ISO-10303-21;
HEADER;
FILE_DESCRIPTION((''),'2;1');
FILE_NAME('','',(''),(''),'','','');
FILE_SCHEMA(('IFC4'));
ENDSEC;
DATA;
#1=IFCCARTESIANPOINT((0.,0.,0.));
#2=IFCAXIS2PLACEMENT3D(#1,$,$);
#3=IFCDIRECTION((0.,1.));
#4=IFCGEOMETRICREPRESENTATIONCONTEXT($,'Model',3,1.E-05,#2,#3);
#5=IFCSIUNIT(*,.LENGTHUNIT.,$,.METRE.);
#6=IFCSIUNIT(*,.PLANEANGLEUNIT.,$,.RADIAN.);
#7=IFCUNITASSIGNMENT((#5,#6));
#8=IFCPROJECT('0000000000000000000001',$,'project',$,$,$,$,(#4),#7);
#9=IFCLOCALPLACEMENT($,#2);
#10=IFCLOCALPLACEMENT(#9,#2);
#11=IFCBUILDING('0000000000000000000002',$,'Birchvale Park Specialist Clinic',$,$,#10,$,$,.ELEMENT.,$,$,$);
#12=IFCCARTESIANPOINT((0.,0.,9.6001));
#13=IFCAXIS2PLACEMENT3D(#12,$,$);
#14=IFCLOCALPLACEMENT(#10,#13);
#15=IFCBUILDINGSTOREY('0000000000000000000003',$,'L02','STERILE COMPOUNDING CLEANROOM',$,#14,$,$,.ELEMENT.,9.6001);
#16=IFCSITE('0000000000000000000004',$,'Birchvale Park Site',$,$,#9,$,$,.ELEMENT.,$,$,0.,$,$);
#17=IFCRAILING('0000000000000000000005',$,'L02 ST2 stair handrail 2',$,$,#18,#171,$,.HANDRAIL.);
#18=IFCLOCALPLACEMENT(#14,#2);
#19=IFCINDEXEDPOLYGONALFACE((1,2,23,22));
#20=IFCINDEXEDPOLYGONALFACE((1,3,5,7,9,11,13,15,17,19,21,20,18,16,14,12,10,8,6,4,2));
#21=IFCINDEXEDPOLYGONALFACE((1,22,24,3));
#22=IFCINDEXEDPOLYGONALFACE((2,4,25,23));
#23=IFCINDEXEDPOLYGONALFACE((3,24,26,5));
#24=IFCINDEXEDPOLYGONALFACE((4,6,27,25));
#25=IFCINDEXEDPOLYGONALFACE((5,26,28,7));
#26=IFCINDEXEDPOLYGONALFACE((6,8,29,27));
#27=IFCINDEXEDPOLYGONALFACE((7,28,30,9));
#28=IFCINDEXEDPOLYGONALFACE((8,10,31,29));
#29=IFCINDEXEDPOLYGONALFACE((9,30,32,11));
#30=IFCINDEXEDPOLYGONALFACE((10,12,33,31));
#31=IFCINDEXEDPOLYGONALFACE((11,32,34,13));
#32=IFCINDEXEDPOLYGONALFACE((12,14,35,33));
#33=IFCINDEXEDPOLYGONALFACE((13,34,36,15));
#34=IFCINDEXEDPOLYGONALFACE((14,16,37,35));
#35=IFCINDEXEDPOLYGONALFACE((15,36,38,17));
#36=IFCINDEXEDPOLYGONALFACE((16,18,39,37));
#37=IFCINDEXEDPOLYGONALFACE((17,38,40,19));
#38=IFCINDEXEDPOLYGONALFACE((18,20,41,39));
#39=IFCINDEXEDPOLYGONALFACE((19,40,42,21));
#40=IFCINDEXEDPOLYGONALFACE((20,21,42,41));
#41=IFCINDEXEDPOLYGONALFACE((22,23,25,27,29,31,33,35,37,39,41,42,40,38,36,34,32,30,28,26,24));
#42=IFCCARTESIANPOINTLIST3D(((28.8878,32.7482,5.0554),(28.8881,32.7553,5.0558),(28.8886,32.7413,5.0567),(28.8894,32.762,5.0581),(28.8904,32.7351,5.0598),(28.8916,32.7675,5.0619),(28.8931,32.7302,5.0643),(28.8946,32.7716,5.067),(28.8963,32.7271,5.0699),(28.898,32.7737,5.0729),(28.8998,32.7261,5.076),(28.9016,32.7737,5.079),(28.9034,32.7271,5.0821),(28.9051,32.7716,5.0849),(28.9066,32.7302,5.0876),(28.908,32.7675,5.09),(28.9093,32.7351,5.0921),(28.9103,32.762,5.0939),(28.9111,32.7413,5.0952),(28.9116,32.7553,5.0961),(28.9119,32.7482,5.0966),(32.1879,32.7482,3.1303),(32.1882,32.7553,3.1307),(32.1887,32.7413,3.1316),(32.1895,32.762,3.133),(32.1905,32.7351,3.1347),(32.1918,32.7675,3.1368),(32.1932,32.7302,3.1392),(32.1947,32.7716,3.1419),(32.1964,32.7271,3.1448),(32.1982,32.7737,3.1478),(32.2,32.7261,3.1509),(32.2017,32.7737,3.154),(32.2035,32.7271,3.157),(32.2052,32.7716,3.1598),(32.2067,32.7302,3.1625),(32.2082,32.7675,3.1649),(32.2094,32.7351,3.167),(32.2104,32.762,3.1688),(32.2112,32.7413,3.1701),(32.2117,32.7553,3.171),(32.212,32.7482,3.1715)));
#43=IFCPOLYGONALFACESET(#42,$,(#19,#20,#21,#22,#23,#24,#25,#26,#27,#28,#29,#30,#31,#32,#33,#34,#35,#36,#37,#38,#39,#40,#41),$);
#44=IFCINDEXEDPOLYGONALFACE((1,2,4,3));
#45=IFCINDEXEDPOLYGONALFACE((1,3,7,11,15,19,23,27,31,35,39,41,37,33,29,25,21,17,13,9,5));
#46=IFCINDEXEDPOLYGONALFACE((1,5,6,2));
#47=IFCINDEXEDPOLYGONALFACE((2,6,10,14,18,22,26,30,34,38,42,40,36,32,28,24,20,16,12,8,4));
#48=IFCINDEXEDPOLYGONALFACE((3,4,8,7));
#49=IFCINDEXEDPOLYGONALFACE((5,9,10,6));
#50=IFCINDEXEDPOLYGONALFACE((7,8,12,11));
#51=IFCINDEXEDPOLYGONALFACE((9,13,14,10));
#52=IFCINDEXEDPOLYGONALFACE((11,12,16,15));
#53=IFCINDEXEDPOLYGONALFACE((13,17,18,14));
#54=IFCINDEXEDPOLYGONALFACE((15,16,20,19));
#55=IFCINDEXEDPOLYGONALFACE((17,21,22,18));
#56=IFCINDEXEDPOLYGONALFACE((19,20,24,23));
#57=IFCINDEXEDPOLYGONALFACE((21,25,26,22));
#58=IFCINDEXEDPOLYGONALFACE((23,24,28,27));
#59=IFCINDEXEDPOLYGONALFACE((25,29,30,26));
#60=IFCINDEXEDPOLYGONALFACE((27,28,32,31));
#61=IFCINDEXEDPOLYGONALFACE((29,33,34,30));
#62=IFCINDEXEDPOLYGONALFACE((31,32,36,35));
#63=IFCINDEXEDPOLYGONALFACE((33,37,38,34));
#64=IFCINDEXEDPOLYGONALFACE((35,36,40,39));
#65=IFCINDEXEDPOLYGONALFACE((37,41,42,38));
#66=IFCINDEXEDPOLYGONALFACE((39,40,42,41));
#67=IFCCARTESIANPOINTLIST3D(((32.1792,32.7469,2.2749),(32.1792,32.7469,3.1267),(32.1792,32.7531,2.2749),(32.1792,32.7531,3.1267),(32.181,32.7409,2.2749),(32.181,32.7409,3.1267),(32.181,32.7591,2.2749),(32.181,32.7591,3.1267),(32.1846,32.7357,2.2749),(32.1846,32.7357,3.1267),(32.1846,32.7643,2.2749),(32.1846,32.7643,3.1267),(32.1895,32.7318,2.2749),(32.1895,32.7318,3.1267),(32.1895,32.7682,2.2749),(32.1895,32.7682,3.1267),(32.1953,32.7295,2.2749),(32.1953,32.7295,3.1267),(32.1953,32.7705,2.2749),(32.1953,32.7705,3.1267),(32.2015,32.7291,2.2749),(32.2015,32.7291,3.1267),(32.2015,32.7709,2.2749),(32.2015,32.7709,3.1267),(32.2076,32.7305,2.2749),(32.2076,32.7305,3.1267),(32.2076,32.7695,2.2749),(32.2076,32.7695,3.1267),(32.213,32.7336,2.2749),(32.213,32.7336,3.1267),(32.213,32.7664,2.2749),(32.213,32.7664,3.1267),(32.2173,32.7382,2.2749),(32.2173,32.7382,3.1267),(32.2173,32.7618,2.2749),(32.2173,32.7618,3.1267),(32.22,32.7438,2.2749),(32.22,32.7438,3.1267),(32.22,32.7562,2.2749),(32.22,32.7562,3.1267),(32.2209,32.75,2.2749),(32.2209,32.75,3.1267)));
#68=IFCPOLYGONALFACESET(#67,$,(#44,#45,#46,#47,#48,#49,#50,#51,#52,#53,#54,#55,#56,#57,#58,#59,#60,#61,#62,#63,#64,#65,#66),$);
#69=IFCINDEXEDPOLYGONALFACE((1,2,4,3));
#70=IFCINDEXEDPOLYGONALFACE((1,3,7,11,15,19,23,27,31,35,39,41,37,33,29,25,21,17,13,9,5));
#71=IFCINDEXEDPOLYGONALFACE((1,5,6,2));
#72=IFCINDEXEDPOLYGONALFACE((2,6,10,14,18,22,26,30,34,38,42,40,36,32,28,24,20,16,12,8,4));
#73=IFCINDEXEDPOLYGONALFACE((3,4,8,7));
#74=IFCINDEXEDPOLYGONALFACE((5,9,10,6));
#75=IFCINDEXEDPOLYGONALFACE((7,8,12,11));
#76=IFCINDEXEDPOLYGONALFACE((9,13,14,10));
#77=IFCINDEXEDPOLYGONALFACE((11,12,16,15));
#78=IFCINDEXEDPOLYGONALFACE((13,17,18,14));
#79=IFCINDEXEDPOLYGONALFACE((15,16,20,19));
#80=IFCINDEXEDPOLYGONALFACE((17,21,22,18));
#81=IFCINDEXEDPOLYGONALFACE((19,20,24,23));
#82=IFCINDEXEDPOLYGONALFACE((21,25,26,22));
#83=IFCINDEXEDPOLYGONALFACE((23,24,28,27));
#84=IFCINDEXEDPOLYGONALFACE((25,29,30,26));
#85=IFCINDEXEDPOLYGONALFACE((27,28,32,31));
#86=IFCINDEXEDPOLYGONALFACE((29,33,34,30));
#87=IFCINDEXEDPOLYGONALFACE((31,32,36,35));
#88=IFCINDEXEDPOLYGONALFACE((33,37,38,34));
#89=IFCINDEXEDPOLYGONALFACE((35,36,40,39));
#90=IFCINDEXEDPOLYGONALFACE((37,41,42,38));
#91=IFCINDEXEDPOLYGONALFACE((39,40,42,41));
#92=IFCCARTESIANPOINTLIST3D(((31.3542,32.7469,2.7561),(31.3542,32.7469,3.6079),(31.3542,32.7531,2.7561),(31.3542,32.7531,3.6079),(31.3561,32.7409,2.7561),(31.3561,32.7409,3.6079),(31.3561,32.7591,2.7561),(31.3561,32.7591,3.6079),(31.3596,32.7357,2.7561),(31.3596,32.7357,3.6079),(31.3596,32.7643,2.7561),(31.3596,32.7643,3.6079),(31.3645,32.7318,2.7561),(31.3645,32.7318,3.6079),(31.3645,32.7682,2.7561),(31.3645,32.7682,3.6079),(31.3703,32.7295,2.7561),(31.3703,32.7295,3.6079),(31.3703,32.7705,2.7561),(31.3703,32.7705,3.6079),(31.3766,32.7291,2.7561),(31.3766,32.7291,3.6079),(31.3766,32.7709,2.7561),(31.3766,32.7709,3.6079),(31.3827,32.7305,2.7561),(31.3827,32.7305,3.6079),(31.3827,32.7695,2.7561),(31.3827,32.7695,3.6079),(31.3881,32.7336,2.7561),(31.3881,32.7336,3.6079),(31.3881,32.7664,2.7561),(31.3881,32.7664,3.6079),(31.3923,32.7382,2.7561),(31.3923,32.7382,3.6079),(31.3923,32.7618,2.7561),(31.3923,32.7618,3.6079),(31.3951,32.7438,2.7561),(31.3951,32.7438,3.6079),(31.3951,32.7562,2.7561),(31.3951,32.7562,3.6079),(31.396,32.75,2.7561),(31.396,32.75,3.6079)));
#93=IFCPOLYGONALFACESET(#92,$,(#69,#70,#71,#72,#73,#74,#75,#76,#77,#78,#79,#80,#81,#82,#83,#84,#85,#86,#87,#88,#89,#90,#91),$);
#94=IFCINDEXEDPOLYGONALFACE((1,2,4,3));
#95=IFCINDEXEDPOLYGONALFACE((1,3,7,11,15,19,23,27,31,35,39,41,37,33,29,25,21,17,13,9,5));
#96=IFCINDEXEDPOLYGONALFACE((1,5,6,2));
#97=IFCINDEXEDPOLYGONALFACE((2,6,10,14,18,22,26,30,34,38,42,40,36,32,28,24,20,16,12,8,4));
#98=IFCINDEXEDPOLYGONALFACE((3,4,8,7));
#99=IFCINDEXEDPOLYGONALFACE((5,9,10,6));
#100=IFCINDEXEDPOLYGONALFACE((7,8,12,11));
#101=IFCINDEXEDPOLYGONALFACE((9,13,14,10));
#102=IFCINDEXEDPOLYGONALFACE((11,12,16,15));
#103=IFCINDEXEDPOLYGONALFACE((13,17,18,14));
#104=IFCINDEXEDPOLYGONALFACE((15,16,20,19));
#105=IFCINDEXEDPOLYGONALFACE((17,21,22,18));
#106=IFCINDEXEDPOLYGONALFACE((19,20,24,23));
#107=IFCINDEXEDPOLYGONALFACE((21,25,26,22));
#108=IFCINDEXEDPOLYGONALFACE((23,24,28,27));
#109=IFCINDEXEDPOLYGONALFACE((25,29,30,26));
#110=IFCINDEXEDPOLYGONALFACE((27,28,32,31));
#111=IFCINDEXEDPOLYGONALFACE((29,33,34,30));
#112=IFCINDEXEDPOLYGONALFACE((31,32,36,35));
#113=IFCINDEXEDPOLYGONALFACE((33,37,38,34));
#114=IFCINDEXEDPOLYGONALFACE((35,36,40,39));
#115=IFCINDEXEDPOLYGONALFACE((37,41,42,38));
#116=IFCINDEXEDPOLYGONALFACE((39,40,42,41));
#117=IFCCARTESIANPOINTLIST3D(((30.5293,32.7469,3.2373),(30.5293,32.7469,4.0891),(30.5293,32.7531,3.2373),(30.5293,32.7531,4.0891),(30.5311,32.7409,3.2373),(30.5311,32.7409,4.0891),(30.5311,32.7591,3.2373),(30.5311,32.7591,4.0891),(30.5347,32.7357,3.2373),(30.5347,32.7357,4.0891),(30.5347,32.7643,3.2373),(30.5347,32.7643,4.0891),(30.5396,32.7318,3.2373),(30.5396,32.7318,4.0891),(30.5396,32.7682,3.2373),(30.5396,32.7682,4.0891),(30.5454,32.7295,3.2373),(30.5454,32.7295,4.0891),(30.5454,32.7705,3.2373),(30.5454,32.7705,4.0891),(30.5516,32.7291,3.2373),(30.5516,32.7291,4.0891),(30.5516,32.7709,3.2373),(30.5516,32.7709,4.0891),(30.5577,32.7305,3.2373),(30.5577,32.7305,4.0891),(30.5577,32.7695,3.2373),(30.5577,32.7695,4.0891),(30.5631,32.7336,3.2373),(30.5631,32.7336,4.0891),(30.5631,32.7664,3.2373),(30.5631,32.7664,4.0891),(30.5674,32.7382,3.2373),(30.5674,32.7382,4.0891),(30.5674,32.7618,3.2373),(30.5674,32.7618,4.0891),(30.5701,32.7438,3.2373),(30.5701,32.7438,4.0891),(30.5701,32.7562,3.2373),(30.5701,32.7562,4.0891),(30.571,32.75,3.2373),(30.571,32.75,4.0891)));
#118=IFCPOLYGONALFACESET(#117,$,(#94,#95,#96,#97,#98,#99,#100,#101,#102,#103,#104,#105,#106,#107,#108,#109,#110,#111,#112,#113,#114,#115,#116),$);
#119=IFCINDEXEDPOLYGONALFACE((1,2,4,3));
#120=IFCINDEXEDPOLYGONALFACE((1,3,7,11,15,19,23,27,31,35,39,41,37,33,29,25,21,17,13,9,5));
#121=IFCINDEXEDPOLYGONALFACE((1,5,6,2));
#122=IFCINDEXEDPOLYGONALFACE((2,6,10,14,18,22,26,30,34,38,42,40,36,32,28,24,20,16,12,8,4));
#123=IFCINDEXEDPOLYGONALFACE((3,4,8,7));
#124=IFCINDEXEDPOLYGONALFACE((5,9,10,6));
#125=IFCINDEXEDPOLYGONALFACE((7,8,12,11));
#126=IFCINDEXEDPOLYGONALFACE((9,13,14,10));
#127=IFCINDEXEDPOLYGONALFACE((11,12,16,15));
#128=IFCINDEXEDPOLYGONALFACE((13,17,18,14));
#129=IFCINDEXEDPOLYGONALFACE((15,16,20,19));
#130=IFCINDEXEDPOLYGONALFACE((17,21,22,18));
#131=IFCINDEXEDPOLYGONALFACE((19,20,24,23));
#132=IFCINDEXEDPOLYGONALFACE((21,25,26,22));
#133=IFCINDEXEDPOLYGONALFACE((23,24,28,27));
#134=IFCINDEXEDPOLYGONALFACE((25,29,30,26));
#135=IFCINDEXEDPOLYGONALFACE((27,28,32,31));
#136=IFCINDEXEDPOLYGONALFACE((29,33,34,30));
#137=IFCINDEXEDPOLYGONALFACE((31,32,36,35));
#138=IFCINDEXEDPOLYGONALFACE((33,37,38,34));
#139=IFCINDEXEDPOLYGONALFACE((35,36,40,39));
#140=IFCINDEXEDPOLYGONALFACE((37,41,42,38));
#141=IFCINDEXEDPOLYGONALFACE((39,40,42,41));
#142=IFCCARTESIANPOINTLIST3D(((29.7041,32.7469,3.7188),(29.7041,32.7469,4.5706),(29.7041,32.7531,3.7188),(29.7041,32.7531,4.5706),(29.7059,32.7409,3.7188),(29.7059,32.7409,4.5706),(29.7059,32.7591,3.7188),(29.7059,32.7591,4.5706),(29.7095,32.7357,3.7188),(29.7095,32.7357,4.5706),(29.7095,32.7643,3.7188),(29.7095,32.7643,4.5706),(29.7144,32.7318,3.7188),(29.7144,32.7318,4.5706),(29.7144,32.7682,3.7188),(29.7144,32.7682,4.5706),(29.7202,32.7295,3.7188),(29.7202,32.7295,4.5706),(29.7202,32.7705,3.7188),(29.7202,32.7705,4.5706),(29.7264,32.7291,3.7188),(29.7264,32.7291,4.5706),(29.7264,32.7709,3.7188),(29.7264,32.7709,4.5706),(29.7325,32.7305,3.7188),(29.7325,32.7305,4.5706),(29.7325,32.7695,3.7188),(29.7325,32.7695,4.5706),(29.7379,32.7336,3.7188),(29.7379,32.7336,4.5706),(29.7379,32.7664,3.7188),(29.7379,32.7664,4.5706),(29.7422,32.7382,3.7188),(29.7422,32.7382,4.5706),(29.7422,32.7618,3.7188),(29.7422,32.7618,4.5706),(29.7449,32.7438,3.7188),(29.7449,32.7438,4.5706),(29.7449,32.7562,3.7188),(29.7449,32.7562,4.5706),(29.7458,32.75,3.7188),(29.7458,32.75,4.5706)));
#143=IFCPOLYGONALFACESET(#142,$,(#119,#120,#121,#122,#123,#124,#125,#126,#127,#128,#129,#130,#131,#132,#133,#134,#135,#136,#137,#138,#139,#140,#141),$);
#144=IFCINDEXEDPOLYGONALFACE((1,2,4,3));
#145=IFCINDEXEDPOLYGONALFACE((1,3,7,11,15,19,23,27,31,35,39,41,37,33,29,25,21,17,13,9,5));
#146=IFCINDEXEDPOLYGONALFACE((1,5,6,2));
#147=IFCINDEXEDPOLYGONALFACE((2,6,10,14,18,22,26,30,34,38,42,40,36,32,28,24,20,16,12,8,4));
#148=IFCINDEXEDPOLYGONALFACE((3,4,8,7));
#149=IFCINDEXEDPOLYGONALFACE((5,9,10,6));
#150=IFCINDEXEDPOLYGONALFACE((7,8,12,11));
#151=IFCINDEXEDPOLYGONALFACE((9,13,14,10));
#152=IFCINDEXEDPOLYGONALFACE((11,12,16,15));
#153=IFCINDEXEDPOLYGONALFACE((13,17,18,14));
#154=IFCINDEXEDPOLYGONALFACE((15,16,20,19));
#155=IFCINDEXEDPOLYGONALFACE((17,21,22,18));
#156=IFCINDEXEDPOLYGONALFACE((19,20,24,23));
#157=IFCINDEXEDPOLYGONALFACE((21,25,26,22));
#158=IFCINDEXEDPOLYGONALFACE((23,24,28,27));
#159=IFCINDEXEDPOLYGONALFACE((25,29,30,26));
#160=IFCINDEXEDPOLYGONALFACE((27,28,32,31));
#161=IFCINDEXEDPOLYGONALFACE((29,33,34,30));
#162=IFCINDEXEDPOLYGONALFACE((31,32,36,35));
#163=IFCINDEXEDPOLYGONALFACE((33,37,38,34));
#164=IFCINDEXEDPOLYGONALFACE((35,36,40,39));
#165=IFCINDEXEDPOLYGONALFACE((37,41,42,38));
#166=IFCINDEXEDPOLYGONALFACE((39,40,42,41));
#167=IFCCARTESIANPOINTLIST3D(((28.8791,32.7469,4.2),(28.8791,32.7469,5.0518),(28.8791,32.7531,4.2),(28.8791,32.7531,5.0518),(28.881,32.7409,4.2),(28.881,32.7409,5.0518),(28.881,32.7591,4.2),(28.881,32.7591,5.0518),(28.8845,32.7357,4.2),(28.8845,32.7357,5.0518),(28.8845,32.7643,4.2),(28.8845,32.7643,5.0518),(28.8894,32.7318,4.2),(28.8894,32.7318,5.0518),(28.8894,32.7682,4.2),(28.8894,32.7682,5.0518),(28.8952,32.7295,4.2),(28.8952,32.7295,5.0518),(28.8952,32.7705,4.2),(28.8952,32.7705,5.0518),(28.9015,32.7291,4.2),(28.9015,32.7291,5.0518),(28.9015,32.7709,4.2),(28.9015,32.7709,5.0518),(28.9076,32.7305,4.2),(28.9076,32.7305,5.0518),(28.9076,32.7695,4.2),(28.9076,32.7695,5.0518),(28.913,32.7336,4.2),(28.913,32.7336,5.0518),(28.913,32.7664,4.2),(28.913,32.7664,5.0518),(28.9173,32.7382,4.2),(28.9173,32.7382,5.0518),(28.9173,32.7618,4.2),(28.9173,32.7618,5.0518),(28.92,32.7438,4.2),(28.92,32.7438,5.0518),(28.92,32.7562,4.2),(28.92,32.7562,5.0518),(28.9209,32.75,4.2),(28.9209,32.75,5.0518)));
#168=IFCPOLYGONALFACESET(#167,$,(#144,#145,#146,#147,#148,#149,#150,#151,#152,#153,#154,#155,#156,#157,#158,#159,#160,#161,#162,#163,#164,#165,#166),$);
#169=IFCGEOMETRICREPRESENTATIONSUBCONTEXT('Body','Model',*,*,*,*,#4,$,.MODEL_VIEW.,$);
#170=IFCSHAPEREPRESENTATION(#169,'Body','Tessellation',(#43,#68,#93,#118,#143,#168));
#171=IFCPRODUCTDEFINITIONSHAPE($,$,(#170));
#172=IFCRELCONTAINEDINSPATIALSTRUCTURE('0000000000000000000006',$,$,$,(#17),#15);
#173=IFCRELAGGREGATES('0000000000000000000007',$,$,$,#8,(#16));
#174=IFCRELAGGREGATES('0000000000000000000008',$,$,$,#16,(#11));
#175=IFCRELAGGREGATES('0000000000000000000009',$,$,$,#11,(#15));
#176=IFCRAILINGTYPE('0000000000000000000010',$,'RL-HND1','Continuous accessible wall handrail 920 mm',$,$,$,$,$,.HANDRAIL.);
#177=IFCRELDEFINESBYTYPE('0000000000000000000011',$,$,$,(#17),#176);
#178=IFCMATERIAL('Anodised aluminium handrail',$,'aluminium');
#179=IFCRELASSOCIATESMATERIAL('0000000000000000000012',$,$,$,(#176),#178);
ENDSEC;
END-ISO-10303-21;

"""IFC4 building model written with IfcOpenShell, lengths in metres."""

from ifc_helpers import new_model, si_unit, direction, frame, origin, origin_2d, place, context, subcontext, project, spatial, circle, extrude, material, type_object, element, save


model = new_model("IFC4")

# Units and contexts
model_context = context("Model", 3, precision=1e-05, world=origin(), true_north=direction((0.0, 1.0)))
body_context = subcontext(model_context, "Body", "Model", "MODEL_VIEW")
ifc_project = project(units=[si_unit("LENGTHUNIT", "METRE"), si_unit("PLANEANGLEUNIT", "RADIAN")], contexts=[model_context])

# Site, building, storey
site_placement = place(None, origin())
site = spatial("IfcSite", under=ifc_project, at=site_placement, Name="Birchvale Park Site", CompositionType="ELEMENT", RefElevation=0.0)
building_placement = place(site_placement, origin())
building = spatial("IfcBuilding", under=site, at=building_placement, Name="Birchvale Park Specialist Clinic", CompositionType="ELEMENT")
storey_placement = place(building_placement, frame((0.0, 0.0, 9.6001)))
storey = spatial("IfcBuildingStorey", under=building, at=storey_placement, Name="L02", Description="STERILE COMPOUNDING CLEANROOM", CompositionType="ELEMENT", Elevation=9.6001)

# Railing
ifc_material_1 = material(Name="Anodised aluminium handrail", Category="aluminium")
railing_type_1 = type_object("IfcRailingType", Name="RL-HND1", Description="Continuous accessible wall handrail 920 mm", PredefinedType="HANDRAIL", material=ifc_material_1)
railing_1_placement = place(storey_placement, frame((32.2, 32.75, 2.2749)))
element("IfcRailing", 1, at=railing_1_placement, inside=storey, type_object=railing_type_1, Name="L02 ST2 stair handrail 2", PredefinedType="HANDRAIL", context=body_context, shape_type="SweptSolid", body=[
    extrude(circle(Radius=0.0239, at=origin_2d()), frame((0.0, 0.0, 0.876), z_axis=(-0.863777, 0.0, 0.503875), x_axis=(0.0, -1.0, 0.0)), (0.0, 0.0, 1.0), 3.8206),
    extrude(circle(Radius=0.021, at=origin_2d()), origin(), (0.0, 0.0, 1.0), 0.8518),
    extrude(circle(Radius=0.021, at=origin_2d()), frame((-0.825, 0.0, 0.4812)), (0.0, 0.0, 1.0), 0.8518),
    extrude(circle(Radius=0.021, at=origin_2d()), frame((-1.6499, 0.0, 0.9624)), (0.0, 0.0, 1.0), 0.8518),
    extrude(circle(Radius=0.021, at=origin_2d()), frame((-2.4751, 0.0, 1.4438)), (0.0, 0.0, 1.0), 0.8518),
    extrude(circle(Radius=0.021, at=origin_2d()), frame((-3.3, 0.0, 1.925)), (0.0, 0.0, 1.0), 0.8518),
])

save(model, "model.ifc")
